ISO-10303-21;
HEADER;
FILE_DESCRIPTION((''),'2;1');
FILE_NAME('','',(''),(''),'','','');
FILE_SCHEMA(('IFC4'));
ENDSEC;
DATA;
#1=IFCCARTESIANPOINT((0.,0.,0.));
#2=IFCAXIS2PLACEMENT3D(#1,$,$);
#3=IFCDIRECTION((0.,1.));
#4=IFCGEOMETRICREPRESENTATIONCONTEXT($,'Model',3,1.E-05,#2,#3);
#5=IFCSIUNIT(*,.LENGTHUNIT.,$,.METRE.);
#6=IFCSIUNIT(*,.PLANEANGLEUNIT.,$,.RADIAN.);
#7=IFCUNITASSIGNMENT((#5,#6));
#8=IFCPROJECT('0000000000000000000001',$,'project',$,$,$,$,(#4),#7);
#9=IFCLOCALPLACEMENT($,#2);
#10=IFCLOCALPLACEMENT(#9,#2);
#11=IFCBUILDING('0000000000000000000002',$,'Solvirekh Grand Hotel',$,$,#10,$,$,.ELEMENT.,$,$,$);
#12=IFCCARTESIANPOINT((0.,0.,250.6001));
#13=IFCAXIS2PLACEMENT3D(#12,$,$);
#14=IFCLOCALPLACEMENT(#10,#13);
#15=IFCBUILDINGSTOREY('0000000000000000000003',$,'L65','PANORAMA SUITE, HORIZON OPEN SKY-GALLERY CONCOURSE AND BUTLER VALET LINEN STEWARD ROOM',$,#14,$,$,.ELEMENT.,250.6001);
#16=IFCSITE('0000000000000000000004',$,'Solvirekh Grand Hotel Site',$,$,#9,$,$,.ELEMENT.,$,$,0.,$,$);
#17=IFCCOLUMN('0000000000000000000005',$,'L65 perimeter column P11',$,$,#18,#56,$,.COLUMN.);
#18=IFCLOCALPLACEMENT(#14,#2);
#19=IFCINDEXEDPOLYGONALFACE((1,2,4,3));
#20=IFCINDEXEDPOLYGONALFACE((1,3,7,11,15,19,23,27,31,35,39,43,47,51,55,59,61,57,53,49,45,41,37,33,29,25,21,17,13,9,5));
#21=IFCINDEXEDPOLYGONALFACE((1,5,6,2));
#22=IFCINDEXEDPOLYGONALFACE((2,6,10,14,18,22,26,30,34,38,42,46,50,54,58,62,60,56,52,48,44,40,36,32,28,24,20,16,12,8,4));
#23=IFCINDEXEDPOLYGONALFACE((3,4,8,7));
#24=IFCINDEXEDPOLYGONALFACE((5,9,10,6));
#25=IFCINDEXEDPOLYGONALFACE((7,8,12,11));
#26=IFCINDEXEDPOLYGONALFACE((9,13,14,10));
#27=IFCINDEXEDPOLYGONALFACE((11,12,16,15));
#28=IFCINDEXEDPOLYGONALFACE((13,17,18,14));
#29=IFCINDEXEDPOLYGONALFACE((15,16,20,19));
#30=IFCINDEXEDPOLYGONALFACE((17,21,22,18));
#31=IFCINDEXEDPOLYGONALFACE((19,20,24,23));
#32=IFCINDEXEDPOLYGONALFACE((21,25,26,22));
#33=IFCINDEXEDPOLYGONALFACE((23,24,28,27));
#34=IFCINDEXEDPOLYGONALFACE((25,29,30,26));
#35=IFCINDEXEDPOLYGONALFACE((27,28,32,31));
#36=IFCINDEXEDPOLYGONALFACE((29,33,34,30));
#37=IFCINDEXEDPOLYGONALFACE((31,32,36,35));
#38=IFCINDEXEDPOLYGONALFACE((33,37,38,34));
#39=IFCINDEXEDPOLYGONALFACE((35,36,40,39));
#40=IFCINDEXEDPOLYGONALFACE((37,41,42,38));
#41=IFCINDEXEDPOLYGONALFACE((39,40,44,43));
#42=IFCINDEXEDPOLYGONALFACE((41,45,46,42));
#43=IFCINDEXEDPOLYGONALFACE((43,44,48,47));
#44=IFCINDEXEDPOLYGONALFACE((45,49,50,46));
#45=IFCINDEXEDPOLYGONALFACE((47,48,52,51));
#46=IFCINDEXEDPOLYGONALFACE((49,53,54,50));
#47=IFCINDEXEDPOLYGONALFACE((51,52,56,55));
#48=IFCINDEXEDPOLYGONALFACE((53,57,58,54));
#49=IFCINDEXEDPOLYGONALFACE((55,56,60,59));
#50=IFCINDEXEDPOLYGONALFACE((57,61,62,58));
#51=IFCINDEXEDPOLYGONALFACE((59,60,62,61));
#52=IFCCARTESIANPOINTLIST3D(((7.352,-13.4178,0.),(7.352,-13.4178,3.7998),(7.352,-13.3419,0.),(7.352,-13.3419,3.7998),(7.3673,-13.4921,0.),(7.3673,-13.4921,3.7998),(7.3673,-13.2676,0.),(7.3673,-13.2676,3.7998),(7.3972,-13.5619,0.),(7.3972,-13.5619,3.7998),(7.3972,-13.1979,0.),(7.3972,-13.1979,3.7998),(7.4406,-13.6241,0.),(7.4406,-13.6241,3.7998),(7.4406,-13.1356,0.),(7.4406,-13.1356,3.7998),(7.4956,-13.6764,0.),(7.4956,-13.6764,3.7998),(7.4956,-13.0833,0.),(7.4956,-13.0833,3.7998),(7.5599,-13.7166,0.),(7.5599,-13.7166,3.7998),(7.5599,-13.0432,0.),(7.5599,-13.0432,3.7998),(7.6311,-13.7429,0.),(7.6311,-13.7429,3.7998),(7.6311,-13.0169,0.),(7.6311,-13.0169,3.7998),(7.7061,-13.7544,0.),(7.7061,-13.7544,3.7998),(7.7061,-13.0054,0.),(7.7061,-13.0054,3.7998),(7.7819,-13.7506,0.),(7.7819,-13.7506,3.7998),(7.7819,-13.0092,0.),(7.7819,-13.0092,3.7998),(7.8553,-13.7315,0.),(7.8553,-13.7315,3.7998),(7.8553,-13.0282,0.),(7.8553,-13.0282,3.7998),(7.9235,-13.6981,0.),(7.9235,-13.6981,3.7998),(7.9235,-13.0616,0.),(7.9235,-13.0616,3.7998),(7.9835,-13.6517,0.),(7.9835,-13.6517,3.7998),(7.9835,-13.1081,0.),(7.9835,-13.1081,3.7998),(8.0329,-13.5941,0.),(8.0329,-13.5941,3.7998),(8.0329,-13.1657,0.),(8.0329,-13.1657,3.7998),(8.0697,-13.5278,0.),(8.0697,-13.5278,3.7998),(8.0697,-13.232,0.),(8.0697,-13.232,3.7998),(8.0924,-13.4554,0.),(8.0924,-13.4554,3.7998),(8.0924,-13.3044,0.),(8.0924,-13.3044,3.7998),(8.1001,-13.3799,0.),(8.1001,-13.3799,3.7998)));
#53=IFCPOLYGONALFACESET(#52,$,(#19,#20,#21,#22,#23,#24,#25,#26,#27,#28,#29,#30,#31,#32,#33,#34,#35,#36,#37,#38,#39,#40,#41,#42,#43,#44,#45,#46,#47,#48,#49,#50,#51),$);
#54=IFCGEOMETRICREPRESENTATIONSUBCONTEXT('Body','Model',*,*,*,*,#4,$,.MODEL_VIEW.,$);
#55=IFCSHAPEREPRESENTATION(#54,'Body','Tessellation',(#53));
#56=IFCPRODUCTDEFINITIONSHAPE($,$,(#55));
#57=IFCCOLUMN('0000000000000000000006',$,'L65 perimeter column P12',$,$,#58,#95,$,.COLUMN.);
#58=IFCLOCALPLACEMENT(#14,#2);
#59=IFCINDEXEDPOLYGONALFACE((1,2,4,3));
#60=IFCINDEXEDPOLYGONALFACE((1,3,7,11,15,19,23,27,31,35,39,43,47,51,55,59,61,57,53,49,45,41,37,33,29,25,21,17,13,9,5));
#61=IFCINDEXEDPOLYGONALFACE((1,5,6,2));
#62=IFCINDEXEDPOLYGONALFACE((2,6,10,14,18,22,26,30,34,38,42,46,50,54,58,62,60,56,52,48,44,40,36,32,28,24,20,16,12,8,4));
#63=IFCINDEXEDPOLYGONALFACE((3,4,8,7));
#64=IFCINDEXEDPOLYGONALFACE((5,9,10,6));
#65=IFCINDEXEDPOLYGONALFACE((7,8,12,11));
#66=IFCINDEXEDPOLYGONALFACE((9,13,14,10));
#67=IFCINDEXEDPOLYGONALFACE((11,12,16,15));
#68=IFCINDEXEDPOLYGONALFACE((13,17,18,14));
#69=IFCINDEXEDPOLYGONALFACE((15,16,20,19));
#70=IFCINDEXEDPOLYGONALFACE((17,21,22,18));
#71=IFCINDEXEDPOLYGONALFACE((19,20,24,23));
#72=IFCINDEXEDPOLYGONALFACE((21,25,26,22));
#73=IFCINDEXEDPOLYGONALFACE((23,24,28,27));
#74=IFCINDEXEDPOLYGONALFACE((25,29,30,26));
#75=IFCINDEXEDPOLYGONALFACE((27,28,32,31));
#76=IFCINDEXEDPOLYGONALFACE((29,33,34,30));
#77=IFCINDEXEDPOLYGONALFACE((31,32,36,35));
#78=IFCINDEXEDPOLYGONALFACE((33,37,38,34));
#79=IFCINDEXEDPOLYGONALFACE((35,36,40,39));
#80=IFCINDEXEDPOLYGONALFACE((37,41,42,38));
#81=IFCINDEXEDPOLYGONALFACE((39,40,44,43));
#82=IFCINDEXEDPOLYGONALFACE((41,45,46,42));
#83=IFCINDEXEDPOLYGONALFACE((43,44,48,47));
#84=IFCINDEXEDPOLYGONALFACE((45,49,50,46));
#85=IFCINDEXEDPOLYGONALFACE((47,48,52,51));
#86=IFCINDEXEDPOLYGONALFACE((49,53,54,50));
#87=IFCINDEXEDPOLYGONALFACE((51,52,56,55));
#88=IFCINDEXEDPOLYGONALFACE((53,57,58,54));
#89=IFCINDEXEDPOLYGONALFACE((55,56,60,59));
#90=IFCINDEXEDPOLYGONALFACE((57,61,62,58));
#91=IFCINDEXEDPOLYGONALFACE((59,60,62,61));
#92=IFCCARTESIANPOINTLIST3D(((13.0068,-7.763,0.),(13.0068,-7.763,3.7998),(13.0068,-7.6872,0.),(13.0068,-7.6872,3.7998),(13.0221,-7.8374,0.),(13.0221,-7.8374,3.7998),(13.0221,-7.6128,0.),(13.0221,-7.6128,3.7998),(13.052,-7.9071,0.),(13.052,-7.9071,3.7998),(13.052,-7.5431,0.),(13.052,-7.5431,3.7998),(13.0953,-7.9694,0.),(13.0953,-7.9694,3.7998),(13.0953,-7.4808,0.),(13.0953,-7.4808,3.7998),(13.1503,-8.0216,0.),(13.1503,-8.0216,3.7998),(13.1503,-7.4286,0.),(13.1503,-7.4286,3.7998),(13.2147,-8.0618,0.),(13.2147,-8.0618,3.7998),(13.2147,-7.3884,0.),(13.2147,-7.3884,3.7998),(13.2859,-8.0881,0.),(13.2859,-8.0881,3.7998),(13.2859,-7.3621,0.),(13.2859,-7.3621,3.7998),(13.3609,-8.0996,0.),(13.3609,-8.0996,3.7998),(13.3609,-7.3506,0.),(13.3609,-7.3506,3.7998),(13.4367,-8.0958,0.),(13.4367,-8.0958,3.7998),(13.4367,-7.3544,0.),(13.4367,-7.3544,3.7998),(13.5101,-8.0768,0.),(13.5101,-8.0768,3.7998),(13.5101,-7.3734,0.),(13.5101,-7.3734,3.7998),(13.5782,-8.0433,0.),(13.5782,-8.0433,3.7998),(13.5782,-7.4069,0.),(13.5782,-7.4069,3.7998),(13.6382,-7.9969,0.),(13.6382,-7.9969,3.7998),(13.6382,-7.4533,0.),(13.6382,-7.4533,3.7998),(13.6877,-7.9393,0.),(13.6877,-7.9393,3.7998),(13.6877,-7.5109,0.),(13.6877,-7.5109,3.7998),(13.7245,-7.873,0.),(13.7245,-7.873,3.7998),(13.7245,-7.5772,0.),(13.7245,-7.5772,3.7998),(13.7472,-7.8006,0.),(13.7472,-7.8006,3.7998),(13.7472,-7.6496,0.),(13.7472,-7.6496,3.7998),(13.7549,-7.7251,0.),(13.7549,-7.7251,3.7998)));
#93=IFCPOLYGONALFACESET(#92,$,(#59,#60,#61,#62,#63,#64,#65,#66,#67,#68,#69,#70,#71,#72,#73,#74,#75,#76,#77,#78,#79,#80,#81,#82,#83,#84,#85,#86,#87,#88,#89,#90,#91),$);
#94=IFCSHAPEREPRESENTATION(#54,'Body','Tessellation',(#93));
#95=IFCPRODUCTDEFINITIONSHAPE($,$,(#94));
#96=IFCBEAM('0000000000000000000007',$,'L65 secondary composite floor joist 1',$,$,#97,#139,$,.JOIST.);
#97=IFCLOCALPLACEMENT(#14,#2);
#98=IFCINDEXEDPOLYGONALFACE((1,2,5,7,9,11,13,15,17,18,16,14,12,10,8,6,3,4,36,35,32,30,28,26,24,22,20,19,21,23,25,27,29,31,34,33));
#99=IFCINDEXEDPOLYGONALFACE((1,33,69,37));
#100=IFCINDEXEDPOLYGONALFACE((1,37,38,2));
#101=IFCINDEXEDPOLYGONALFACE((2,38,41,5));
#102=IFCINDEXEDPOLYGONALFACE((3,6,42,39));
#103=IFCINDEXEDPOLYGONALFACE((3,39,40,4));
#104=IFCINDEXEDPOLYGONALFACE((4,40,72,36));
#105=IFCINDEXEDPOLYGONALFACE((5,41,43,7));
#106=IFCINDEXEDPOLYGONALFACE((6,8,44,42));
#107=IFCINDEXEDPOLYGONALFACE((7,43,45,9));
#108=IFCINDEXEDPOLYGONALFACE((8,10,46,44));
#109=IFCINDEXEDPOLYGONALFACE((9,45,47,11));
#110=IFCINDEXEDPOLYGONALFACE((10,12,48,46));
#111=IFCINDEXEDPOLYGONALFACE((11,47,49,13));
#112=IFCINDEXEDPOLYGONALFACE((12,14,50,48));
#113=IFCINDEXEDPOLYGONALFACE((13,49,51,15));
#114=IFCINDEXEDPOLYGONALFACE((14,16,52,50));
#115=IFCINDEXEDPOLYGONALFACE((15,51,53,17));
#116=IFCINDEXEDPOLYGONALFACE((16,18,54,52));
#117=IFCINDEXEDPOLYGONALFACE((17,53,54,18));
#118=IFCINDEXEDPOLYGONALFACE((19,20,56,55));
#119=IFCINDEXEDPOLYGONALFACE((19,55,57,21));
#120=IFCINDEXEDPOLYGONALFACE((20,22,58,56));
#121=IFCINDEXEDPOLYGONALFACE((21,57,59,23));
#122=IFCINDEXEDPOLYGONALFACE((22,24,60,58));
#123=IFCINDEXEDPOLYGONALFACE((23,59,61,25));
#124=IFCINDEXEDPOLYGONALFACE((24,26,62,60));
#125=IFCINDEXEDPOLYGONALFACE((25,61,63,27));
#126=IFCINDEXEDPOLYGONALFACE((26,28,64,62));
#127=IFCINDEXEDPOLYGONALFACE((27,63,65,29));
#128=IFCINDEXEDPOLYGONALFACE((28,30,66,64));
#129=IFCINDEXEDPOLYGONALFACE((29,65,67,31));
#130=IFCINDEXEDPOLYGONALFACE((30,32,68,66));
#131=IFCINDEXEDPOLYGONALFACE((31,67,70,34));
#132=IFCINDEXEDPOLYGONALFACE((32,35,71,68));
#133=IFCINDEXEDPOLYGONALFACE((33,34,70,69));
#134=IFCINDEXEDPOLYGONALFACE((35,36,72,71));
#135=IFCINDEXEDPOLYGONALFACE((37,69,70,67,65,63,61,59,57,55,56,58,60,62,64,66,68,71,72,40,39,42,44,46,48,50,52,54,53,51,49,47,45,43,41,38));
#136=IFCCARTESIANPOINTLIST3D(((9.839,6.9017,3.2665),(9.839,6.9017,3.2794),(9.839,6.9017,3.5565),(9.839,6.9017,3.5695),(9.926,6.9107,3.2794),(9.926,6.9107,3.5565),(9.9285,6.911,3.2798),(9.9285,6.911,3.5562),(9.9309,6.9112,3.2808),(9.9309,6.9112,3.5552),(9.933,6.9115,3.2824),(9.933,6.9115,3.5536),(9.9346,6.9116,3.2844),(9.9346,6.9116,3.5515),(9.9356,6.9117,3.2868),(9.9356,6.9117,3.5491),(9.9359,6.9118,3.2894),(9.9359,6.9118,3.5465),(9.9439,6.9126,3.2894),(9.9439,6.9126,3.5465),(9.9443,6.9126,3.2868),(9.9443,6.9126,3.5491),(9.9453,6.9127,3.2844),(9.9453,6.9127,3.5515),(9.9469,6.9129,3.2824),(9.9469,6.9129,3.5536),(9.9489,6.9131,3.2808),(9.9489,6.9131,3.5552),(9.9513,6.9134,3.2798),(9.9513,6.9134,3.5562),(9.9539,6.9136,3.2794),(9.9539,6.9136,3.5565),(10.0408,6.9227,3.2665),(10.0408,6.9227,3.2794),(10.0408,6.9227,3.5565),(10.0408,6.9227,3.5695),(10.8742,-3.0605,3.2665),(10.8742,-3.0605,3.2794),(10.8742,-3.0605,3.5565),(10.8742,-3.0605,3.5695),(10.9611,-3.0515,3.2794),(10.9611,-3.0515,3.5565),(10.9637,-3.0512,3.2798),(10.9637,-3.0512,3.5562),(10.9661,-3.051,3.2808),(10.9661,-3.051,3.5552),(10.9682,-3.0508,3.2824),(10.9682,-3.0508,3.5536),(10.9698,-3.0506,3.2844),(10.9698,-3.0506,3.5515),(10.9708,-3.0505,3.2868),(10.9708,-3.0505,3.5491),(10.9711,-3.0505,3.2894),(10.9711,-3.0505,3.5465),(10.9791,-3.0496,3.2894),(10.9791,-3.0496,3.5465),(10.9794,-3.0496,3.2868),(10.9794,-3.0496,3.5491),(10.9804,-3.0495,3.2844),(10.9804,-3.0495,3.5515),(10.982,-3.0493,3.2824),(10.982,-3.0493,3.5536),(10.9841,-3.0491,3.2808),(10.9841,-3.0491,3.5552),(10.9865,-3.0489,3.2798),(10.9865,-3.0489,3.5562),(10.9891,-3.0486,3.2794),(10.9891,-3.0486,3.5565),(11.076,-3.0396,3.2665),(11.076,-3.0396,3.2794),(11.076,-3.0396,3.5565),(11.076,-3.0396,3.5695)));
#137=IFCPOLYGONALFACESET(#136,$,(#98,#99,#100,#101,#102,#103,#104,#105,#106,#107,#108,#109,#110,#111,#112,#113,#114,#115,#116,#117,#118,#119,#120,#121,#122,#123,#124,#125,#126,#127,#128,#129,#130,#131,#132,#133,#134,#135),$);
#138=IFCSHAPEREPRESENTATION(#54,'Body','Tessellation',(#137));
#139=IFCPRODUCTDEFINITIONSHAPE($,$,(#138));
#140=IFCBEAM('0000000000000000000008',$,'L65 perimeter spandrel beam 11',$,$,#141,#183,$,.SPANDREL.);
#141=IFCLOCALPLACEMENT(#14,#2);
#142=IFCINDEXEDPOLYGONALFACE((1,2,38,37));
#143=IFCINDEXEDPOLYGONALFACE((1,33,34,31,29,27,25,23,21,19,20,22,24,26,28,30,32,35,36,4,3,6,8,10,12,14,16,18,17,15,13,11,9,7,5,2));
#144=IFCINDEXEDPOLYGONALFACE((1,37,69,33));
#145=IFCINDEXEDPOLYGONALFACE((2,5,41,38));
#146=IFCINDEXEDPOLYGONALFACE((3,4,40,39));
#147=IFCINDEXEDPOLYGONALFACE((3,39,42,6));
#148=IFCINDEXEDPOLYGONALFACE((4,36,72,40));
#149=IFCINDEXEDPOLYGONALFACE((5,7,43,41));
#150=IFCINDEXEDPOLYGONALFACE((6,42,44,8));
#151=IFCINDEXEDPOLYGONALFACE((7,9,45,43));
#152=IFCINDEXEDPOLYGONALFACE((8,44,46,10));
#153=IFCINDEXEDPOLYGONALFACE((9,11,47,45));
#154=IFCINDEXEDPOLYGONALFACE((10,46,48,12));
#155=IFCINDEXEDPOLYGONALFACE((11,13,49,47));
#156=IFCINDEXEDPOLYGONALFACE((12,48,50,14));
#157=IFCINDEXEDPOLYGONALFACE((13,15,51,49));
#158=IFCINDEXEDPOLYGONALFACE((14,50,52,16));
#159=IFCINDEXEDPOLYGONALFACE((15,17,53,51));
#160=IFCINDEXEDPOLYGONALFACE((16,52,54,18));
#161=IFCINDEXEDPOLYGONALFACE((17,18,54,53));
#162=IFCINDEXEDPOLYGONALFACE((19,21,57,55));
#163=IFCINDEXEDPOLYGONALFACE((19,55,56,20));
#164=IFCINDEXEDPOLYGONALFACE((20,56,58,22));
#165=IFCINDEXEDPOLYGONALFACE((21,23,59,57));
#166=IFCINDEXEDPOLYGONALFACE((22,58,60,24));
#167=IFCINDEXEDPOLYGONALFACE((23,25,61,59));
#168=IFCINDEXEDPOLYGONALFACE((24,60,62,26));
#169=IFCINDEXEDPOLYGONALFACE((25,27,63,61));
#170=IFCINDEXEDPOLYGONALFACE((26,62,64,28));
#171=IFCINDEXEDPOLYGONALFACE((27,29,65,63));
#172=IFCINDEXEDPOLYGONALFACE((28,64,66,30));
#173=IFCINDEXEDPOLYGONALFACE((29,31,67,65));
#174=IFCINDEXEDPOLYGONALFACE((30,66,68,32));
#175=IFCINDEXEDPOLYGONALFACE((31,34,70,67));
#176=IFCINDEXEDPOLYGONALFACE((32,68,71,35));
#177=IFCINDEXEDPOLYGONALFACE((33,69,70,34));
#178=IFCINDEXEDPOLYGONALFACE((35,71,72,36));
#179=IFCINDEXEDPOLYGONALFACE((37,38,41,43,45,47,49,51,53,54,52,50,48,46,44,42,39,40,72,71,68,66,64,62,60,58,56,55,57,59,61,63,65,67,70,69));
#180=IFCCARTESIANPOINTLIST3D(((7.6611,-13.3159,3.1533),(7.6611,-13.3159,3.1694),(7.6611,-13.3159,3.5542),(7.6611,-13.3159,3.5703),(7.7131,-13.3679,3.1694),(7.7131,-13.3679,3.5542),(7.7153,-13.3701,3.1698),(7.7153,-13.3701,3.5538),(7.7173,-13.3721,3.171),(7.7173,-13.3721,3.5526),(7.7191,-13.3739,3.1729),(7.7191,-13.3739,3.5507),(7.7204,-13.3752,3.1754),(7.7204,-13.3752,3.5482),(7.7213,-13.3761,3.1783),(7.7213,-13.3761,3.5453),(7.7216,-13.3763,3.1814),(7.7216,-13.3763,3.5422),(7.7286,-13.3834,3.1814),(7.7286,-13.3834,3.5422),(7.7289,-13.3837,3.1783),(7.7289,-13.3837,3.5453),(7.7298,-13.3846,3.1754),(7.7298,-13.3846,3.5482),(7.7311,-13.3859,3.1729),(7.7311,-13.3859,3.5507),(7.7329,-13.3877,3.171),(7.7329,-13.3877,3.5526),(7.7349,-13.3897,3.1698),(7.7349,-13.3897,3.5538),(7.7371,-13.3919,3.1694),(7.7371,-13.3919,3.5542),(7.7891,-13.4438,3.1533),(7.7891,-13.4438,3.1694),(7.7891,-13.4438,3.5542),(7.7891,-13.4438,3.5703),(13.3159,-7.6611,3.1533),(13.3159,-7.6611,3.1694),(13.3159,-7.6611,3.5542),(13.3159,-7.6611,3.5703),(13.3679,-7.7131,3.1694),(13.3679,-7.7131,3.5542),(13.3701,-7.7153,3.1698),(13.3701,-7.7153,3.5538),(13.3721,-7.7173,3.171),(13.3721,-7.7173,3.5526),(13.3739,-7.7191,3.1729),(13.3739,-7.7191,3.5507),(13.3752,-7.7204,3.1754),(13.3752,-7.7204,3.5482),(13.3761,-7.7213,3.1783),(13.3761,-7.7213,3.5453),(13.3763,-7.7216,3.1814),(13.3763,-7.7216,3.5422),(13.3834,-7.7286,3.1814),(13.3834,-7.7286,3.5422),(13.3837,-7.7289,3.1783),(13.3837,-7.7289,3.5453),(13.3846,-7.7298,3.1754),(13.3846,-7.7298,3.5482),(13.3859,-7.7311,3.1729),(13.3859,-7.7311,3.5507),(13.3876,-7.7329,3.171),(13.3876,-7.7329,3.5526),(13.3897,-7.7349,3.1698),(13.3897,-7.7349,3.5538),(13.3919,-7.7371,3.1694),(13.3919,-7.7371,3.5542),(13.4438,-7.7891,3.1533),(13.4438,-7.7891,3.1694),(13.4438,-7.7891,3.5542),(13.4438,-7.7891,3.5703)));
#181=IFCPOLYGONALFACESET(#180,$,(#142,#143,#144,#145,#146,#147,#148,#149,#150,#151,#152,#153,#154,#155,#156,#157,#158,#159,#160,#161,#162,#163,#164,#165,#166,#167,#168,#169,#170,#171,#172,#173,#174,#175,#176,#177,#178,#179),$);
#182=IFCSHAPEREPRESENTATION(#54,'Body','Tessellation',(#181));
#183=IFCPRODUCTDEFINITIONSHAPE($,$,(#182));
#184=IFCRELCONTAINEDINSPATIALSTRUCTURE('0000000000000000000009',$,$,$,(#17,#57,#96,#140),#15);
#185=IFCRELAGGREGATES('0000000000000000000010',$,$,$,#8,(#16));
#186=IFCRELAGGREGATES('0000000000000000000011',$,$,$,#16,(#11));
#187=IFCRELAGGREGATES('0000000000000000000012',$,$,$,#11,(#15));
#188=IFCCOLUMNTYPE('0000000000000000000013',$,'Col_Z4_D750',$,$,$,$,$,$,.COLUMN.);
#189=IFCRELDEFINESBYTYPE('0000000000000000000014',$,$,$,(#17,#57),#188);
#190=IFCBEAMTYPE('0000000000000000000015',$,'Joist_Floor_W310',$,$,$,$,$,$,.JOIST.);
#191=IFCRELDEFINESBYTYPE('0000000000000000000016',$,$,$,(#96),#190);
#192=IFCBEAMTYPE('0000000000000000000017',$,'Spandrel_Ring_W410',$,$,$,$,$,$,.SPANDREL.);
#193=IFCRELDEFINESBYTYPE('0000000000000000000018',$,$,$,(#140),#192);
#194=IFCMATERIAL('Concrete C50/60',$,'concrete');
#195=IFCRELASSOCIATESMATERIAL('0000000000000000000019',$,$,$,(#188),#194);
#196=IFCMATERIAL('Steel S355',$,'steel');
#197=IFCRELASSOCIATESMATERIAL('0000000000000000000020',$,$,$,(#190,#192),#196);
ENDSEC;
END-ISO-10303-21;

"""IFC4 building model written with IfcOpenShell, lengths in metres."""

from ifc_helpers import new_model, si_unit, direction, frame, origin, origin_2d, place, context, subcontext, project, spatial, circle, i_section, extrude, material, material_profile, profile_set, type_object, element, save


model = new_model("IFC4")

# Units and contexts
model_context = context("Model", 3, precision=1e-05, world=origin(), true_north=direction((0.0, 1.0)))
body_context = subcontext(model_context, "Body", "Model", "MODEL_VIEW")
ifc_project = project(units=[si_unit("LENGTHUNIT", "METRE"), si_unit("PLANEANGLEUNIT", "RADIAN")], contexts=[model_context])

# Site, building, storey
site_placement = place(None, origin())
site = spatial("IfcSite", under=ifc_project, at=site_placement, Name="Solvirekh Grand Hotel Site", CompositionType="ELEMENT", RefElevation=0.0)
building_placement = place(site_placement, origin())
building = spatial("IfcBuilding", under=site, at=building_placement, Name="Solvirekh Grand Hotel", CompositionType="ELEMENT")
storey_placement = place(building_placement, frame((0.0, 0.0, 250.6001)))
storey = spatial("IfcBuildingStorey", under=building, at=storey_placement, Name="L65", Description="PANORAMA SUITE, HORIZON OPEN SKY-GALLERY CONCOURSE AND BUTLER VALET LINEN STEWARD ROOM", CompositionType="ELEMENT", Elevation=250.6001)

# Columns
ifc_material_1 = material(Name="Concrete C50/60", Category="concrete")
ifc_material_profile_1 = material_profile(ifc_material_1, circle(Radius=0.375, at=origin_2d()), Name="RC CIRC D750")
ifc_profile_set_1 = profile_set([ifc_material_profile_1], Name="Concrete C50/60")
column_type = type_object("IfcColumnType", Name="Col_Z4_D750", PredefinedType="COLUMN", material=ifc_profile_set_1)
for number, where, z_axis, x_axis, name in (
    (1, (7.7251, -13.3799, 0.0), (0.0, 0.0, 1.0), (1.0, 0.0, 0.0), "L65 perimeter column P11"),
    (2, (13.3799, -7.7251, 0.0), (0.0, 0.0, 1.0), (1.0, 0.0, 0.0), "L65 perimeter column P12"),
):
    element("IfcColumn", number, at=place(storey_placement, frame(where, z_axis=z_axis, x_axis=x_axis)), inside=storey, type_object=column_type, Name=name, PredefinedType="COLUMN", context=body_context, shape_type="SweptSolid", body=[
        extrude(circle(Radius=0.375, at=origin_2d()), origin(), (0.0, 0.0, 1.0), 3.7998),
    ])

# Beams
ifc_material_2 = material(Name="Steel S355", Category="steel")
ifc_material_profile_2 = material_profile(ifc_material_2, i_section(OverallWidth=0.2029, OverallDepth=0.303, WebThickness=0.0081, FlangeThickness=0.0129, FilletRadius=0.01, at=origin_2d()), Name="W310X60")
ifc_profile_set_2 = profile_set([ifc_material_profile_2], Name="Steel S355")
beam_type_1 = type_object("IfcBeamType", Name="Joist_Floor_W310", PredefinedType="JOIST", material=ifc_profile_set_2)
beam_1_placement = place(storey_placement, frame((10.9751, -3.05, 3.418), z_axis=(-0.103352, 0.994645, 0.0), x_axis=(-0.994645, -0.103352, 0.0)))
element("IfcBeam", 3, at=beam_1_placement, inside=storey, type_object=beam_type_1, Name="L65 secondary composite floor joist 1", PredefinedType="JOIST", context=body_context, shape_type="SweptSolid", body=[
    extrude(i_section(OverallWidth=0.2029, OverallDepth=0.303, WebThickness=0.0081, FlangeThickness=0.0129, FilletRadius=0.01, at=origin_2d()), origin(), (0.0, 0.0, 1.0), 10.0159),
])
ifc_material_profile_3 = material_profile(ifc_material_2, i_section(OverallWidth=0.1809, OverallDepth=0.417, WebThickness=0.01, FlangeThickness=0.0161, FilletRadius=0.012, at=origin_2d()), Name="W410X85")
ifc_profile_set_3 = profile_set([ifc_material_profile_3], Name="Steel S355")
beam_type_2 = type_object("IfcBeamType", Name="Spandrel_Ring_W410", PredefinedType="SPANDREL", material=ifc_profile_set_3)
beam_2_placement = place(storey_placement, frame((7.7251, -13.3799, 3.3618), z_axis=(0.707107, 0.707107, 0.0), x_axis=(-0.707107, 0.707107, 0.0)))
element("IfcBeam", 4, at=beam_2_placement, inside=storey, type_object=beam_type_2, Name="L65 perimeter spandrel beam 11", PredefinedType="SPANDREL", context=body_context, shape_type="SweptSolid", body=[
    extrude(i_section(OverallWidth=0.1809, OverallDepth=0.417, WebThickness=0.01, FlangeThickness=0.0161, FilletRadius=0.012, at=origin_2d()), origin(), (0.0, 0.0, 1.0), 7.9971),
])

save(model, "model.ifc")
